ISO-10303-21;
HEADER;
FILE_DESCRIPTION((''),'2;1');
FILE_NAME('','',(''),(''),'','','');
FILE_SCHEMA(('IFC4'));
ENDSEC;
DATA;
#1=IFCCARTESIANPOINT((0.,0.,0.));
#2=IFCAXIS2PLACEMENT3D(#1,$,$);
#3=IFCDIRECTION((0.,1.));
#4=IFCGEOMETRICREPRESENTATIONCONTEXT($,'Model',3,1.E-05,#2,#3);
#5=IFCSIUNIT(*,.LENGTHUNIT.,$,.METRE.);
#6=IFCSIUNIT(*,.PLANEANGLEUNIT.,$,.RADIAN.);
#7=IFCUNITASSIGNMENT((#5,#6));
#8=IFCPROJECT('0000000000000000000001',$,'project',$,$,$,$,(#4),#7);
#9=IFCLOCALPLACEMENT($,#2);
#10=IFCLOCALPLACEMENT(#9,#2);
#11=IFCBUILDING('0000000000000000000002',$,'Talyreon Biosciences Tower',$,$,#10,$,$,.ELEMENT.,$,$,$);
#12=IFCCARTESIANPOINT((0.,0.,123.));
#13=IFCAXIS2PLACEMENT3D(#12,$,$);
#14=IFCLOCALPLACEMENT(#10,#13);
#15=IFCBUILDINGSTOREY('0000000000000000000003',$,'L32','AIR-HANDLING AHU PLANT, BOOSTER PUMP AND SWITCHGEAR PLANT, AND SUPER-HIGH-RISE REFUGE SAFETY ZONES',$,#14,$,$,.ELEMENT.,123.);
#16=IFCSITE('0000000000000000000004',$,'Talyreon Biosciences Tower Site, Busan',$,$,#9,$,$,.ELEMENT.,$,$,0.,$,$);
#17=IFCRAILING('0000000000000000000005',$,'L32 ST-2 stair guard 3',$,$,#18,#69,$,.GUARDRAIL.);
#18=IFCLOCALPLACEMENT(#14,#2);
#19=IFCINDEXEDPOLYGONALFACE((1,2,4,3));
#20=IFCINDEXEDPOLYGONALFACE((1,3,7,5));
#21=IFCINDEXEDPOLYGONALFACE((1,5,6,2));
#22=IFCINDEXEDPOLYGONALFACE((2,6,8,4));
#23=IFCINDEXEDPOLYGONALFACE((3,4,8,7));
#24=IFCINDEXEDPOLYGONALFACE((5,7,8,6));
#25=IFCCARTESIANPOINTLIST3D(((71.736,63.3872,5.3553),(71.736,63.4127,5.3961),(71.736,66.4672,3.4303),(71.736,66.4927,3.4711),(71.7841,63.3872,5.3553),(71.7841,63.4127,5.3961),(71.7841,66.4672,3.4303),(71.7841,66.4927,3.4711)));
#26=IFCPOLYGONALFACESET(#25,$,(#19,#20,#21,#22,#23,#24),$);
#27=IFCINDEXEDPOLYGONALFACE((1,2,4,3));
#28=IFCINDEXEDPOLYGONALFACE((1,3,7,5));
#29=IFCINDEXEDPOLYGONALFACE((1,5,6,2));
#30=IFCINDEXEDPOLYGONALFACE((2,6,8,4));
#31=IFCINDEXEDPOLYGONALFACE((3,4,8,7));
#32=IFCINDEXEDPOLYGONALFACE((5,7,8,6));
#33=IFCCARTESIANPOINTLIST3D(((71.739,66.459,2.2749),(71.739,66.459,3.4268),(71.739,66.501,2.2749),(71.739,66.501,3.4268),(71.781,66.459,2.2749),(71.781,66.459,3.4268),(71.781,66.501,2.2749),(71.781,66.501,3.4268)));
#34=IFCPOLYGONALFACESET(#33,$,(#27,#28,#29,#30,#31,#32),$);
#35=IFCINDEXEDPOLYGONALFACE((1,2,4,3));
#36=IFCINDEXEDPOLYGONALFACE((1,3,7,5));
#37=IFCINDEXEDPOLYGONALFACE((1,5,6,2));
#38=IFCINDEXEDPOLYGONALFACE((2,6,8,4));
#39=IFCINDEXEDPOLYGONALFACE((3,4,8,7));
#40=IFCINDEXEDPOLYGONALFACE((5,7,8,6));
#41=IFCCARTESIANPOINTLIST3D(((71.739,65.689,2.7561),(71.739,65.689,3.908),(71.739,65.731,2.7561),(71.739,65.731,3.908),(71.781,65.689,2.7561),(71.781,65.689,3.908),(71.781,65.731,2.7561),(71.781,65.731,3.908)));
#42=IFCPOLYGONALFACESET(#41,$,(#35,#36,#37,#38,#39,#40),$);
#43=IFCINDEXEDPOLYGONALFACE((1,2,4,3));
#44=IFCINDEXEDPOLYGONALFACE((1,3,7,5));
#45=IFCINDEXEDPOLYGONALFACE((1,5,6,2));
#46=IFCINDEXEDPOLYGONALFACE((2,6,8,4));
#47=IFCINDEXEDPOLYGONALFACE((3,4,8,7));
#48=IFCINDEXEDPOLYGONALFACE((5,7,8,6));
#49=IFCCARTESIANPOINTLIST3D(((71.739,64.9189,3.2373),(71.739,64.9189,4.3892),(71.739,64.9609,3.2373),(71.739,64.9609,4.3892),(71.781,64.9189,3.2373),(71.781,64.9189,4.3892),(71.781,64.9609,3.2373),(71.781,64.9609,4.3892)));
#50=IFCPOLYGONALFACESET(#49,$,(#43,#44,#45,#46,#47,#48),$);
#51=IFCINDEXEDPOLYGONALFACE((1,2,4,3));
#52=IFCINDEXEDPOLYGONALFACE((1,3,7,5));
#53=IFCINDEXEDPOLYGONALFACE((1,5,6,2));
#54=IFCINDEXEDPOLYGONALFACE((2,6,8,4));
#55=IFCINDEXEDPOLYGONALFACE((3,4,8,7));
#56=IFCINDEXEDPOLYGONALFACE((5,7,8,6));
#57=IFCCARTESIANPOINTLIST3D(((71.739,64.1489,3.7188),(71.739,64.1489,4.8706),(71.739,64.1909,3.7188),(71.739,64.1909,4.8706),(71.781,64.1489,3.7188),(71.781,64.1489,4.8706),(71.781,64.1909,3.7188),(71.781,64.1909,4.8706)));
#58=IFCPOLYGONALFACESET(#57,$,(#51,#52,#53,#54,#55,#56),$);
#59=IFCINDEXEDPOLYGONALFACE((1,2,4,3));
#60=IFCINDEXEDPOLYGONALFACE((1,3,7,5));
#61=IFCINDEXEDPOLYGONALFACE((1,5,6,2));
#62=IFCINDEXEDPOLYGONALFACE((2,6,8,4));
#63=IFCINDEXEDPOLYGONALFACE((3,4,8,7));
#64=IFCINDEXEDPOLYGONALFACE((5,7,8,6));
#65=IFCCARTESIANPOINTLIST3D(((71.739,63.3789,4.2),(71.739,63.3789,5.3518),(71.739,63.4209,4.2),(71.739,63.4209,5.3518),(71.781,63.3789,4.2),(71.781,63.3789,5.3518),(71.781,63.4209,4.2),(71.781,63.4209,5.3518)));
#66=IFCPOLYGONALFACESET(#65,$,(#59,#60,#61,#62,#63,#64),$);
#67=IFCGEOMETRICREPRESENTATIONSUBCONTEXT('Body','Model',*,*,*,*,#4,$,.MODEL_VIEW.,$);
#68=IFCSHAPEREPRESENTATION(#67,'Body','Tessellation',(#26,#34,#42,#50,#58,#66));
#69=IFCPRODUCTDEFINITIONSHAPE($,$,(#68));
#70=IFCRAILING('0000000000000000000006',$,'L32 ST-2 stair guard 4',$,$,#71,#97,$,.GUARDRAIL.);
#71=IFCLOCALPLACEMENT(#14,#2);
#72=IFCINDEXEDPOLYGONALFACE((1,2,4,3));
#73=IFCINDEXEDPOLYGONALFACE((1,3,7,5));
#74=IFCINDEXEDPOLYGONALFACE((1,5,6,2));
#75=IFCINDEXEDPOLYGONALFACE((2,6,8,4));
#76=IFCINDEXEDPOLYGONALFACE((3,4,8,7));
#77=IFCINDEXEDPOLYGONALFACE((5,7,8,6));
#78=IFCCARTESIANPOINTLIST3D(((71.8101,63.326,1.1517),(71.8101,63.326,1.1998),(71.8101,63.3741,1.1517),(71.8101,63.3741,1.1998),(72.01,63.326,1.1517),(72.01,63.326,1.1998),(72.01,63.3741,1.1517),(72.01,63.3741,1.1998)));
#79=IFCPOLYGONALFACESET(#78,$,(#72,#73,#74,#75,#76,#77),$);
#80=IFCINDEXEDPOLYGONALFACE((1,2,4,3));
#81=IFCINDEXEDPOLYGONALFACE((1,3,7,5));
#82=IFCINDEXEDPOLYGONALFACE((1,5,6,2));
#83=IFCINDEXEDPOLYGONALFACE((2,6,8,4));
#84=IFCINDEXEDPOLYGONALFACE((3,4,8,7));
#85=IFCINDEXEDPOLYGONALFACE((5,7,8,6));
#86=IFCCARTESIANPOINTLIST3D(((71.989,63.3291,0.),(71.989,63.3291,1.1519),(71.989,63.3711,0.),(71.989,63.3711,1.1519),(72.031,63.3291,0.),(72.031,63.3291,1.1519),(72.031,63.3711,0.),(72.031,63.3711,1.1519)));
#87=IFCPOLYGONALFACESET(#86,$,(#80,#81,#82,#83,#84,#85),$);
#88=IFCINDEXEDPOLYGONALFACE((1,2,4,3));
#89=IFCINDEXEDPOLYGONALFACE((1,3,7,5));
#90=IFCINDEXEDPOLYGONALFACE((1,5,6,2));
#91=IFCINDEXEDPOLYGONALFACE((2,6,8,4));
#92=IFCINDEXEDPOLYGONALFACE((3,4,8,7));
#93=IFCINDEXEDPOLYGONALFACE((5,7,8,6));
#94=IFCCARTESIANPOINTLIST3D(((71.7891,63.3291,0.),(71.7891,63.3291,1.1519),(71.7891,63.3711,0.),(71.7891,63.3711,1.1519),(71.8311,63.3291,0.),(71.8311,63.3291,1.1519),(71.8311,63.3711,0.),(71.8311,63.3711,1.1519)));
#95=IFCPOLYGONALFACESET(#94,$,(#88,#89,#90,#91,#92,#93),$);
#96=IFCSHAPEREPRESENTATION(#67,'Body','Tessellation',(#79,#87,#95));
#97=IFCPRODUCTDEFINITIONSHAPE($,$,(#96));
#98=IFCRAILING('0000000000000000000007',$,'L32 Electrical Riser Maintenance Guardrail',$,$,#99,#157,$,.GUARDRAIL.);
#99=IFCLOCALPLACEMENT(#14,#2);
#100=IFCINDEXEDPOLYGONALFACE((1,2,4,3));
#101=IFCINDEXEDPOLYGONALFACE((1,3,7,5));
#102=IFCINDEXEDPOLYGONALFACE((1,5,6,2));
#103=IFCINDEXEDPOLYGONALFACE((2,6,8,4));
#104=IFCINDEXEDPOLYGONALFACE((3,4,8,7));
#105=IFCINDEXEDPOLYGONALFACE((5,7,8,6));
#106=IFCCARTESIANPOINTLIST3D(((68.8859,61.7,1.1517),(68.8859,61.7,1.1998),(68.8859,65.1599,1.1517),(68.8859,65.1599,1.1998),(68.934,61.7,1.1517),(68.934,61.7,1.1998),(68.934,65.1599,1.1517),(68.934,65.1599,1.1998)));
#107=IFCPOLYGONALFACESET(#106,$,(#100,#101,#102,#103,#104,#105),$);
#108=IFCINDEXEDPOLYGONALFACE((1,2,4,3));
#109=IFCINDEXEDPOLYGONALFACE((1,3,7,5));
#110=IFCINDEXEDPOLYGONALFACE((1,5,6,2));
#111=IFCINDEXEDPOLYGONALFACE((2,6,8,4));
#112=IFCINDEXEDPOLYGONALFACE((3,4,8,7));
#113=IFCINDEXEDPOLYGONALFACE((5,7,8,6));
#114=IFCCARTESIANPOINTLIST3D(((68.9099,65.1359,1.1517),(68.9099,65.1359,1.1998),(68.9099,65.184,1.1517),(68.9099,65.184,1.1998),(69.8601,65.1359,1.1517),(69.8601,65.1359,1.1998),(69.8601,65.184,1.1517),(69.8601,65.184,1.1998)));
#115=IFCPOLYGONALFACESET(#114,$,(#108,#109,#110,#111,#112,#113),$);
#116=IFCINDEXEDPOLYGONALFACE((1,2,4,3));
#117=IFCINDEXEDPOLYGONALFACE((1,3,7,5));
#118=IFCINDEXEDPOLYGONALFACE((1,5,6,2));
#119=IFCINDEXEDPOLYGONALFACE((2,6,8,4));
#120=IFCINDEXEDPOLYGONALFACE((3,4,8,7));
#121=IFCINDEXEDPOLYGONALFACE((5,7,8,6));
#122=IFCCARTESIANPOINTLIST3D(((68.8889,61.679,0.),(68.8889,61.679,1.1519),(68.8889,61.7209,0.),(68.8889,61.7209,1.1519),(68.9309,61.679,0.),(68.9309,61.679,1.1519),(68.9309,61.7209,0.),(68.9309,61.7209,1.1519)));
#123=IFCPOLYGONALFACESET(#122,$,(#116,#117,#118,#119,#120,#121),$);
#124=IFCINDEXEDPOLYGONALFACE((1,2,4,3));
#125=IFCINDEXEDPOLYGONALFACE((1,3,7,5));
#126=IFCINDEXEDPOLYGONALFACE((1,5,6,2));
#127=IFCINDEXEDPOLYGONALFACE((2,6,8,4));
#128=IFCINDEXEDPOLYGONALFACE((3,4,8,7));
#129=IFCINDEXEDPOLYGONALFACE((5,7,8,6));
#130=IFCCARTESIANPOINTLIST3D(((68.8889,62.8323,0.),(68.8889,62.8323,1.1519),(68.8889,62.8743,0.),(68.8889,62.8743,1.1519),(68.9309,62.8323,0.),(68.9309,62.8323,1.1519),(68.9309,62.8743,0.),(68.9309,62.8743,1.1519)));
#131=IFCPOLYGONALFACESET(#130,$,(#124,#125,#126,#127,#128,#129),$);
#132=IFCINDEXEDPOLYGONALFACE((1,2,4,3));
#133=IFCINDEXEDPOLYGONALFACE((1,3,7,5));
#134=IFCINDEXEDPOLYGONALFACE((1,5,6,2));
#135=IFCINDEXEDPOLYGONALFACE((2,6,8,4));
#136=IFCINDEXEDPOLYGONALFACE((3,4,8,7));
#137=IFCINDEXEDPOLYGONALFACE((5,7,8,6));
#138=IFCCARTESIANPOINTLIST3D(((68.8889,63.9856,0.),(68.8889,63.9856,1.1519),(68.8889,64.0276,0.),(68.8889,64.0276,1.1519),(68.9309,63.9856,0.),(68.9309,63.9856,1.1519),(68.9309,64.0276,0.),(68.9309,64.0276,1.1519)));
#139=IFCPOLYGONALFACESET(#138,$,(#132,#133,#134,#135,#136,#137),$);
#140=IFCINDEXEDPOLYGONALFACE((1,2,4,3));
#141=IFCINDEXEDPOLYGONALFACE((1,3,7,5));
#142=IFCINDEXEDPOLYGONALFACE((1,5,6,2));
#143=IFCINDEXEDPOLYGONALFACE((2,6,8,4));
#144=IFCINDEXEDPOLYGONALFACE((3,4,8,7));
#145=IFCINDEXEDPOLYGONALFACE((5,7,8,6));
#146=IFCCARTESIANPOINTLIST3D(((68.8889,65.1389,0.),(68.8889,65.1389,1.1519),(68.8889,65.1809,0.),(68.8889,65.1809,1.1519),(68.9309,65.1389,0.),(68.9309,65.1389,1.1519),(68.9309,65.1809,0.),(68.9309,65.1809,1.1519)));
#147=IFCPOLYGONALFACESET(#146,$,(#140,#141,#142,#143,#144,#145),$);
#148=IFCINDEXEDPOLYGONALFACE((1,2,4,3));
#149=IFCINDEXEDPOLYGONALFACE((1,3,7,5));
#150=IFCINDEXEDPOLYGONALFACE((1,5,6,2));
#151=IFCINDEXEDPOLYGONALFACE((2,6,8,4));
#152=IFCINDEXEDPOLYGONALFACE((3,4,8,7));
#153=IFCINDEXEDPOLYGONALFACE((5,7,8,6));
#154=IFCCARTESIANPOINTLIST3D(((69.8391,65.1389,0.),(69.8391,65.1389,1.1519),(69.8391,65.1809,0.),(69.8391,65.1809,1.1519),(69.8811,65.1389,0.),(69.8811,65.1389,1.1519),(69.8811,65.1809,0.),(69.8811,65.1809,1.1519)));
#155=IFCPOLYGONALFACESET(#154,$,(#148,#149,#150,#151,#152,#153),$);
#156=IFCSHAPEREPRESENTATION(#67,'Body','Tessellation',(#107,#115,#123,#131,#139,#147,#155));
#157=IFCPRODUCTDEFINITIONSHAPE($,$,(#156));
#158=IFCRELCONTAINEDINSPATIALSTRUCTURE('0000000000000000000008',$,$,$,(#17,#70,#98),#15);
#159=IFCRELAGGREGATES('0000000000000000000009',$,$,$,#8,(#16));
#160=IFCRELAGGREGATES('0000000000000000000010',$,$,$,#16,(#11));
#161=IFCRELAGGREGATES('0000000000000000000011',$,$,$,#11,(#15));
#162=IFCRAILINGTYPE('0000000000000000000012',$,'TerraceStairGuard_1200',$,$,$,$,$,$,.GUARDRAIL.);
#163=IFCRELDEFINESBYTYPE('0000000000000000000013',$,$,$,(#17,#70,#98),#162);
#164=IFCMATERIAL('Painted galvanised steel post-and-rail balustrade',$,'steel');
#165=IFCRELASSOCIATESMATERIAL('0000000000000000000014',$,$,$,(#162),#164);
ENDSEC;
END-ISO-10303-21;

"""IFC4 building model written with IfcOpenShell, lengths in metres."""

from ifc_helpers import new_model, si_unit, direction, frame, origin, origin_2d, place, context, subcontext, project, spatial, rectangle, extrude, material, type_object, element, save


model = new_model("IFC4")

# Units and contexts
model_context = context("Model", 3, precision=1e-05, world=origin(), true_north=direction((0.0, 1.0)))
body_context = subcontext(model_context, "Body", "Model", "MODEL_VIEW")
ifc_project = project(units=[si_unit("LENGTHUNIT", "METRE"), si_unit("PLANEANGLEUNIT", "RADIAN")], contexts=[model_context])

# Site, building, storey
site_placement = place(None, origin())
site = spatial("IfcSite", under=ifc_project, at=site_placement, Name="Talyreon Biosciences Tower Site, Busan", CompositionType="ELEMENT", RefElevation=0.0)
building_placement = place(site_placement, origin())
building = spatial("IfcBuilding", under=site, at=building_placement, Name="Talyreon Biosciences Tower", CompositionType="ELEMENT")
storey_placement = place(building_placement, frame((0.0, 0.0, 123.0)))
storey = spatial("IfcBuildingStorey", under=building, at=storey_placement, Name="L32", Description="AIR-HANDLING AHU PLANT, BOOSTER PUMP AND SWITCHGEAR PLANT, AND SUPER-HIGH-RISE REFUGE SAFETY ZONES", CompositionType="ELEMENT", Elevation=123.0)

# Railings
ifc_material_1 = material(Name="Painted galvanised steel post-and-rail balustrade", Category="steel")
railing_type_1 = type_object("IfcRailingType", Name="TerraceStairGuard_1200", PredefinedType="GUARDRAIL", material=ifc_material_1)
railing_1_placement = place(storey_placement, frame((71.76, 66.48, 2.2749)))
element("IfcRailing", 1, at=railing_1_placement, inside=storey, type_object=railing_type_1, Name="L32 ST-2 stair guard 3", PredefinedType="GUARDRAIL", context=body_context, shape_type="SweptSolid", body=[
    extrude(rectangle(XDim=0.0481, YDim=0.0481, at=origin_2d()), frame((0.0, 0.0, 1.1758), z_axis=(0.0, -0.847998, 0.529999), x_axis=(1.0, 0.0, 0.0)), (0.0, 0.0, 1.0), 3.6321),
    extrude(rectangle(XDim=0.042, YDim=0.042, at=origin_2d()), origin(), (0.0, 0.0, 1.0), 1.1519),
    extrude(rectangle(XDim=0.042, YDim=0.042, at=origin_2d()), frame((0.0, -0.77, 0.4812)), (0.0, 0.0, 1.0), 1.1519),
    extrude(rectangle(XDim=0.042, YDim=0.042, at=origin_2d()), frame((0.0, -1.54, 0.9624)), (0.0, 0.0, 1.0), 1.1519),
    extrude(rectangle(XDim=0.042, YDim=0.042, at=origin_2d()), frame((0.0, -2.3101, 1.4438)), (0.0, 0.0, 1.0), 1.1519),
    extrude(rectangle(XDim=0.042, YDim=0.042, at=origin_2d()), frame((0.0, -3.0801, 1.925)), (0.0, 0.0, 1.0), 1.1519),
])
railing_2_placement = place(storey_placement, frame((72.01, 63.3501, 0.0)))
element("IfcRailing", 2, at=railing_2_placement, inside=storey, type_object=railing_type_1, Name="L32 ST-2 stair guard 4", PredefinedType="GUARDRAIL", context=body_context, shape_type="SweptSolid", body=[
    extrude(rectangle(XDim=0.0481, YDim=0.0481, at=origin_2d()), frame((0.0, 0.0, 1.1758), z_axis=(-1.0, 0.0, 0.0), x_axis=(0.0, -1.0, 0.0)), (0.0, 0.0, 1.0), 0.2),
    extrude(rectangle(XDim=0.042, YDim=0.042, at=origin_2d()), origin(), (0.0, 0.0, 1.0), 1.1519),
    extrude(rectangle(XDim=0.042, YDim=0.042, at=origin_2d()), frame((-0.2, 0.0, 0.0)), (0.0, 0.0, 1.0), 1.1519),
])
railing_3_placement = place(storey_placement, frame((68.9099, 61.7, 0.0)))
element("IfcRailing", 3, at=railing_3_placement, inside=storey, type_object=railing_type_1, Name="L32 Electrical Riser Maintenance Guardrail", PredefinedType="GUARDRAIL", context=body_context, shape_type="SweptSolid", body=[
    extrude(rectangle(XDim=0.0481, YDim=0.0481, at=origin_2d()), frame((0.0, 0.0, 1.1758), z_axis=(0.0, 1.0, 0.0), x_axis=(-1.0, 0.0, 0.0)), (0.0, 0.0, 1.0), 3.46),
    extrude(rectangle(XDim=0.0481, YDim=0.0481, at=origin_2d()), frame((0.0, 3.46, 1.1758), z_axis=(1.0, 0.0, 0.0), x_axis=(0.0, 1.0, 0.0)), (0.0, 0.0, 1.0), 0.9502),
    extrude(rectangle(XDim=0.042, YDim=0.042, at=origin_2d()), origin(), (0.0, 0.0, 1.0), 1.1519),
    extrude(rectangle(XDim=0.042, YDim=0.042, at=origin_2d()), frame((0.0, 1.1533, 0.0)), (0.0, 0.0, 1.0), 1.1519),
    extrude(rectangle(XDim=0.042, YDim=0.042, at=origin_2d()), frame((0.0, 2.3066, 0.0)), (0.0, 0.0, 1.0), 1.1519),
    extrude(rectangle(XDim=0.042, YDim=0.042, at=origin_2d()), frame((0.0, 3.46, 0.0)), (0.0, 0.0, 1.0), 1.1519),
    extrude(rectangle(XDim=0.042, YDim=0.042, at=origin_2d()), frame((0.9502, 3.46, 0.0)), (0.0, 0.0, 1.0), 1.1519),
])

save(model, "model.ifc")
